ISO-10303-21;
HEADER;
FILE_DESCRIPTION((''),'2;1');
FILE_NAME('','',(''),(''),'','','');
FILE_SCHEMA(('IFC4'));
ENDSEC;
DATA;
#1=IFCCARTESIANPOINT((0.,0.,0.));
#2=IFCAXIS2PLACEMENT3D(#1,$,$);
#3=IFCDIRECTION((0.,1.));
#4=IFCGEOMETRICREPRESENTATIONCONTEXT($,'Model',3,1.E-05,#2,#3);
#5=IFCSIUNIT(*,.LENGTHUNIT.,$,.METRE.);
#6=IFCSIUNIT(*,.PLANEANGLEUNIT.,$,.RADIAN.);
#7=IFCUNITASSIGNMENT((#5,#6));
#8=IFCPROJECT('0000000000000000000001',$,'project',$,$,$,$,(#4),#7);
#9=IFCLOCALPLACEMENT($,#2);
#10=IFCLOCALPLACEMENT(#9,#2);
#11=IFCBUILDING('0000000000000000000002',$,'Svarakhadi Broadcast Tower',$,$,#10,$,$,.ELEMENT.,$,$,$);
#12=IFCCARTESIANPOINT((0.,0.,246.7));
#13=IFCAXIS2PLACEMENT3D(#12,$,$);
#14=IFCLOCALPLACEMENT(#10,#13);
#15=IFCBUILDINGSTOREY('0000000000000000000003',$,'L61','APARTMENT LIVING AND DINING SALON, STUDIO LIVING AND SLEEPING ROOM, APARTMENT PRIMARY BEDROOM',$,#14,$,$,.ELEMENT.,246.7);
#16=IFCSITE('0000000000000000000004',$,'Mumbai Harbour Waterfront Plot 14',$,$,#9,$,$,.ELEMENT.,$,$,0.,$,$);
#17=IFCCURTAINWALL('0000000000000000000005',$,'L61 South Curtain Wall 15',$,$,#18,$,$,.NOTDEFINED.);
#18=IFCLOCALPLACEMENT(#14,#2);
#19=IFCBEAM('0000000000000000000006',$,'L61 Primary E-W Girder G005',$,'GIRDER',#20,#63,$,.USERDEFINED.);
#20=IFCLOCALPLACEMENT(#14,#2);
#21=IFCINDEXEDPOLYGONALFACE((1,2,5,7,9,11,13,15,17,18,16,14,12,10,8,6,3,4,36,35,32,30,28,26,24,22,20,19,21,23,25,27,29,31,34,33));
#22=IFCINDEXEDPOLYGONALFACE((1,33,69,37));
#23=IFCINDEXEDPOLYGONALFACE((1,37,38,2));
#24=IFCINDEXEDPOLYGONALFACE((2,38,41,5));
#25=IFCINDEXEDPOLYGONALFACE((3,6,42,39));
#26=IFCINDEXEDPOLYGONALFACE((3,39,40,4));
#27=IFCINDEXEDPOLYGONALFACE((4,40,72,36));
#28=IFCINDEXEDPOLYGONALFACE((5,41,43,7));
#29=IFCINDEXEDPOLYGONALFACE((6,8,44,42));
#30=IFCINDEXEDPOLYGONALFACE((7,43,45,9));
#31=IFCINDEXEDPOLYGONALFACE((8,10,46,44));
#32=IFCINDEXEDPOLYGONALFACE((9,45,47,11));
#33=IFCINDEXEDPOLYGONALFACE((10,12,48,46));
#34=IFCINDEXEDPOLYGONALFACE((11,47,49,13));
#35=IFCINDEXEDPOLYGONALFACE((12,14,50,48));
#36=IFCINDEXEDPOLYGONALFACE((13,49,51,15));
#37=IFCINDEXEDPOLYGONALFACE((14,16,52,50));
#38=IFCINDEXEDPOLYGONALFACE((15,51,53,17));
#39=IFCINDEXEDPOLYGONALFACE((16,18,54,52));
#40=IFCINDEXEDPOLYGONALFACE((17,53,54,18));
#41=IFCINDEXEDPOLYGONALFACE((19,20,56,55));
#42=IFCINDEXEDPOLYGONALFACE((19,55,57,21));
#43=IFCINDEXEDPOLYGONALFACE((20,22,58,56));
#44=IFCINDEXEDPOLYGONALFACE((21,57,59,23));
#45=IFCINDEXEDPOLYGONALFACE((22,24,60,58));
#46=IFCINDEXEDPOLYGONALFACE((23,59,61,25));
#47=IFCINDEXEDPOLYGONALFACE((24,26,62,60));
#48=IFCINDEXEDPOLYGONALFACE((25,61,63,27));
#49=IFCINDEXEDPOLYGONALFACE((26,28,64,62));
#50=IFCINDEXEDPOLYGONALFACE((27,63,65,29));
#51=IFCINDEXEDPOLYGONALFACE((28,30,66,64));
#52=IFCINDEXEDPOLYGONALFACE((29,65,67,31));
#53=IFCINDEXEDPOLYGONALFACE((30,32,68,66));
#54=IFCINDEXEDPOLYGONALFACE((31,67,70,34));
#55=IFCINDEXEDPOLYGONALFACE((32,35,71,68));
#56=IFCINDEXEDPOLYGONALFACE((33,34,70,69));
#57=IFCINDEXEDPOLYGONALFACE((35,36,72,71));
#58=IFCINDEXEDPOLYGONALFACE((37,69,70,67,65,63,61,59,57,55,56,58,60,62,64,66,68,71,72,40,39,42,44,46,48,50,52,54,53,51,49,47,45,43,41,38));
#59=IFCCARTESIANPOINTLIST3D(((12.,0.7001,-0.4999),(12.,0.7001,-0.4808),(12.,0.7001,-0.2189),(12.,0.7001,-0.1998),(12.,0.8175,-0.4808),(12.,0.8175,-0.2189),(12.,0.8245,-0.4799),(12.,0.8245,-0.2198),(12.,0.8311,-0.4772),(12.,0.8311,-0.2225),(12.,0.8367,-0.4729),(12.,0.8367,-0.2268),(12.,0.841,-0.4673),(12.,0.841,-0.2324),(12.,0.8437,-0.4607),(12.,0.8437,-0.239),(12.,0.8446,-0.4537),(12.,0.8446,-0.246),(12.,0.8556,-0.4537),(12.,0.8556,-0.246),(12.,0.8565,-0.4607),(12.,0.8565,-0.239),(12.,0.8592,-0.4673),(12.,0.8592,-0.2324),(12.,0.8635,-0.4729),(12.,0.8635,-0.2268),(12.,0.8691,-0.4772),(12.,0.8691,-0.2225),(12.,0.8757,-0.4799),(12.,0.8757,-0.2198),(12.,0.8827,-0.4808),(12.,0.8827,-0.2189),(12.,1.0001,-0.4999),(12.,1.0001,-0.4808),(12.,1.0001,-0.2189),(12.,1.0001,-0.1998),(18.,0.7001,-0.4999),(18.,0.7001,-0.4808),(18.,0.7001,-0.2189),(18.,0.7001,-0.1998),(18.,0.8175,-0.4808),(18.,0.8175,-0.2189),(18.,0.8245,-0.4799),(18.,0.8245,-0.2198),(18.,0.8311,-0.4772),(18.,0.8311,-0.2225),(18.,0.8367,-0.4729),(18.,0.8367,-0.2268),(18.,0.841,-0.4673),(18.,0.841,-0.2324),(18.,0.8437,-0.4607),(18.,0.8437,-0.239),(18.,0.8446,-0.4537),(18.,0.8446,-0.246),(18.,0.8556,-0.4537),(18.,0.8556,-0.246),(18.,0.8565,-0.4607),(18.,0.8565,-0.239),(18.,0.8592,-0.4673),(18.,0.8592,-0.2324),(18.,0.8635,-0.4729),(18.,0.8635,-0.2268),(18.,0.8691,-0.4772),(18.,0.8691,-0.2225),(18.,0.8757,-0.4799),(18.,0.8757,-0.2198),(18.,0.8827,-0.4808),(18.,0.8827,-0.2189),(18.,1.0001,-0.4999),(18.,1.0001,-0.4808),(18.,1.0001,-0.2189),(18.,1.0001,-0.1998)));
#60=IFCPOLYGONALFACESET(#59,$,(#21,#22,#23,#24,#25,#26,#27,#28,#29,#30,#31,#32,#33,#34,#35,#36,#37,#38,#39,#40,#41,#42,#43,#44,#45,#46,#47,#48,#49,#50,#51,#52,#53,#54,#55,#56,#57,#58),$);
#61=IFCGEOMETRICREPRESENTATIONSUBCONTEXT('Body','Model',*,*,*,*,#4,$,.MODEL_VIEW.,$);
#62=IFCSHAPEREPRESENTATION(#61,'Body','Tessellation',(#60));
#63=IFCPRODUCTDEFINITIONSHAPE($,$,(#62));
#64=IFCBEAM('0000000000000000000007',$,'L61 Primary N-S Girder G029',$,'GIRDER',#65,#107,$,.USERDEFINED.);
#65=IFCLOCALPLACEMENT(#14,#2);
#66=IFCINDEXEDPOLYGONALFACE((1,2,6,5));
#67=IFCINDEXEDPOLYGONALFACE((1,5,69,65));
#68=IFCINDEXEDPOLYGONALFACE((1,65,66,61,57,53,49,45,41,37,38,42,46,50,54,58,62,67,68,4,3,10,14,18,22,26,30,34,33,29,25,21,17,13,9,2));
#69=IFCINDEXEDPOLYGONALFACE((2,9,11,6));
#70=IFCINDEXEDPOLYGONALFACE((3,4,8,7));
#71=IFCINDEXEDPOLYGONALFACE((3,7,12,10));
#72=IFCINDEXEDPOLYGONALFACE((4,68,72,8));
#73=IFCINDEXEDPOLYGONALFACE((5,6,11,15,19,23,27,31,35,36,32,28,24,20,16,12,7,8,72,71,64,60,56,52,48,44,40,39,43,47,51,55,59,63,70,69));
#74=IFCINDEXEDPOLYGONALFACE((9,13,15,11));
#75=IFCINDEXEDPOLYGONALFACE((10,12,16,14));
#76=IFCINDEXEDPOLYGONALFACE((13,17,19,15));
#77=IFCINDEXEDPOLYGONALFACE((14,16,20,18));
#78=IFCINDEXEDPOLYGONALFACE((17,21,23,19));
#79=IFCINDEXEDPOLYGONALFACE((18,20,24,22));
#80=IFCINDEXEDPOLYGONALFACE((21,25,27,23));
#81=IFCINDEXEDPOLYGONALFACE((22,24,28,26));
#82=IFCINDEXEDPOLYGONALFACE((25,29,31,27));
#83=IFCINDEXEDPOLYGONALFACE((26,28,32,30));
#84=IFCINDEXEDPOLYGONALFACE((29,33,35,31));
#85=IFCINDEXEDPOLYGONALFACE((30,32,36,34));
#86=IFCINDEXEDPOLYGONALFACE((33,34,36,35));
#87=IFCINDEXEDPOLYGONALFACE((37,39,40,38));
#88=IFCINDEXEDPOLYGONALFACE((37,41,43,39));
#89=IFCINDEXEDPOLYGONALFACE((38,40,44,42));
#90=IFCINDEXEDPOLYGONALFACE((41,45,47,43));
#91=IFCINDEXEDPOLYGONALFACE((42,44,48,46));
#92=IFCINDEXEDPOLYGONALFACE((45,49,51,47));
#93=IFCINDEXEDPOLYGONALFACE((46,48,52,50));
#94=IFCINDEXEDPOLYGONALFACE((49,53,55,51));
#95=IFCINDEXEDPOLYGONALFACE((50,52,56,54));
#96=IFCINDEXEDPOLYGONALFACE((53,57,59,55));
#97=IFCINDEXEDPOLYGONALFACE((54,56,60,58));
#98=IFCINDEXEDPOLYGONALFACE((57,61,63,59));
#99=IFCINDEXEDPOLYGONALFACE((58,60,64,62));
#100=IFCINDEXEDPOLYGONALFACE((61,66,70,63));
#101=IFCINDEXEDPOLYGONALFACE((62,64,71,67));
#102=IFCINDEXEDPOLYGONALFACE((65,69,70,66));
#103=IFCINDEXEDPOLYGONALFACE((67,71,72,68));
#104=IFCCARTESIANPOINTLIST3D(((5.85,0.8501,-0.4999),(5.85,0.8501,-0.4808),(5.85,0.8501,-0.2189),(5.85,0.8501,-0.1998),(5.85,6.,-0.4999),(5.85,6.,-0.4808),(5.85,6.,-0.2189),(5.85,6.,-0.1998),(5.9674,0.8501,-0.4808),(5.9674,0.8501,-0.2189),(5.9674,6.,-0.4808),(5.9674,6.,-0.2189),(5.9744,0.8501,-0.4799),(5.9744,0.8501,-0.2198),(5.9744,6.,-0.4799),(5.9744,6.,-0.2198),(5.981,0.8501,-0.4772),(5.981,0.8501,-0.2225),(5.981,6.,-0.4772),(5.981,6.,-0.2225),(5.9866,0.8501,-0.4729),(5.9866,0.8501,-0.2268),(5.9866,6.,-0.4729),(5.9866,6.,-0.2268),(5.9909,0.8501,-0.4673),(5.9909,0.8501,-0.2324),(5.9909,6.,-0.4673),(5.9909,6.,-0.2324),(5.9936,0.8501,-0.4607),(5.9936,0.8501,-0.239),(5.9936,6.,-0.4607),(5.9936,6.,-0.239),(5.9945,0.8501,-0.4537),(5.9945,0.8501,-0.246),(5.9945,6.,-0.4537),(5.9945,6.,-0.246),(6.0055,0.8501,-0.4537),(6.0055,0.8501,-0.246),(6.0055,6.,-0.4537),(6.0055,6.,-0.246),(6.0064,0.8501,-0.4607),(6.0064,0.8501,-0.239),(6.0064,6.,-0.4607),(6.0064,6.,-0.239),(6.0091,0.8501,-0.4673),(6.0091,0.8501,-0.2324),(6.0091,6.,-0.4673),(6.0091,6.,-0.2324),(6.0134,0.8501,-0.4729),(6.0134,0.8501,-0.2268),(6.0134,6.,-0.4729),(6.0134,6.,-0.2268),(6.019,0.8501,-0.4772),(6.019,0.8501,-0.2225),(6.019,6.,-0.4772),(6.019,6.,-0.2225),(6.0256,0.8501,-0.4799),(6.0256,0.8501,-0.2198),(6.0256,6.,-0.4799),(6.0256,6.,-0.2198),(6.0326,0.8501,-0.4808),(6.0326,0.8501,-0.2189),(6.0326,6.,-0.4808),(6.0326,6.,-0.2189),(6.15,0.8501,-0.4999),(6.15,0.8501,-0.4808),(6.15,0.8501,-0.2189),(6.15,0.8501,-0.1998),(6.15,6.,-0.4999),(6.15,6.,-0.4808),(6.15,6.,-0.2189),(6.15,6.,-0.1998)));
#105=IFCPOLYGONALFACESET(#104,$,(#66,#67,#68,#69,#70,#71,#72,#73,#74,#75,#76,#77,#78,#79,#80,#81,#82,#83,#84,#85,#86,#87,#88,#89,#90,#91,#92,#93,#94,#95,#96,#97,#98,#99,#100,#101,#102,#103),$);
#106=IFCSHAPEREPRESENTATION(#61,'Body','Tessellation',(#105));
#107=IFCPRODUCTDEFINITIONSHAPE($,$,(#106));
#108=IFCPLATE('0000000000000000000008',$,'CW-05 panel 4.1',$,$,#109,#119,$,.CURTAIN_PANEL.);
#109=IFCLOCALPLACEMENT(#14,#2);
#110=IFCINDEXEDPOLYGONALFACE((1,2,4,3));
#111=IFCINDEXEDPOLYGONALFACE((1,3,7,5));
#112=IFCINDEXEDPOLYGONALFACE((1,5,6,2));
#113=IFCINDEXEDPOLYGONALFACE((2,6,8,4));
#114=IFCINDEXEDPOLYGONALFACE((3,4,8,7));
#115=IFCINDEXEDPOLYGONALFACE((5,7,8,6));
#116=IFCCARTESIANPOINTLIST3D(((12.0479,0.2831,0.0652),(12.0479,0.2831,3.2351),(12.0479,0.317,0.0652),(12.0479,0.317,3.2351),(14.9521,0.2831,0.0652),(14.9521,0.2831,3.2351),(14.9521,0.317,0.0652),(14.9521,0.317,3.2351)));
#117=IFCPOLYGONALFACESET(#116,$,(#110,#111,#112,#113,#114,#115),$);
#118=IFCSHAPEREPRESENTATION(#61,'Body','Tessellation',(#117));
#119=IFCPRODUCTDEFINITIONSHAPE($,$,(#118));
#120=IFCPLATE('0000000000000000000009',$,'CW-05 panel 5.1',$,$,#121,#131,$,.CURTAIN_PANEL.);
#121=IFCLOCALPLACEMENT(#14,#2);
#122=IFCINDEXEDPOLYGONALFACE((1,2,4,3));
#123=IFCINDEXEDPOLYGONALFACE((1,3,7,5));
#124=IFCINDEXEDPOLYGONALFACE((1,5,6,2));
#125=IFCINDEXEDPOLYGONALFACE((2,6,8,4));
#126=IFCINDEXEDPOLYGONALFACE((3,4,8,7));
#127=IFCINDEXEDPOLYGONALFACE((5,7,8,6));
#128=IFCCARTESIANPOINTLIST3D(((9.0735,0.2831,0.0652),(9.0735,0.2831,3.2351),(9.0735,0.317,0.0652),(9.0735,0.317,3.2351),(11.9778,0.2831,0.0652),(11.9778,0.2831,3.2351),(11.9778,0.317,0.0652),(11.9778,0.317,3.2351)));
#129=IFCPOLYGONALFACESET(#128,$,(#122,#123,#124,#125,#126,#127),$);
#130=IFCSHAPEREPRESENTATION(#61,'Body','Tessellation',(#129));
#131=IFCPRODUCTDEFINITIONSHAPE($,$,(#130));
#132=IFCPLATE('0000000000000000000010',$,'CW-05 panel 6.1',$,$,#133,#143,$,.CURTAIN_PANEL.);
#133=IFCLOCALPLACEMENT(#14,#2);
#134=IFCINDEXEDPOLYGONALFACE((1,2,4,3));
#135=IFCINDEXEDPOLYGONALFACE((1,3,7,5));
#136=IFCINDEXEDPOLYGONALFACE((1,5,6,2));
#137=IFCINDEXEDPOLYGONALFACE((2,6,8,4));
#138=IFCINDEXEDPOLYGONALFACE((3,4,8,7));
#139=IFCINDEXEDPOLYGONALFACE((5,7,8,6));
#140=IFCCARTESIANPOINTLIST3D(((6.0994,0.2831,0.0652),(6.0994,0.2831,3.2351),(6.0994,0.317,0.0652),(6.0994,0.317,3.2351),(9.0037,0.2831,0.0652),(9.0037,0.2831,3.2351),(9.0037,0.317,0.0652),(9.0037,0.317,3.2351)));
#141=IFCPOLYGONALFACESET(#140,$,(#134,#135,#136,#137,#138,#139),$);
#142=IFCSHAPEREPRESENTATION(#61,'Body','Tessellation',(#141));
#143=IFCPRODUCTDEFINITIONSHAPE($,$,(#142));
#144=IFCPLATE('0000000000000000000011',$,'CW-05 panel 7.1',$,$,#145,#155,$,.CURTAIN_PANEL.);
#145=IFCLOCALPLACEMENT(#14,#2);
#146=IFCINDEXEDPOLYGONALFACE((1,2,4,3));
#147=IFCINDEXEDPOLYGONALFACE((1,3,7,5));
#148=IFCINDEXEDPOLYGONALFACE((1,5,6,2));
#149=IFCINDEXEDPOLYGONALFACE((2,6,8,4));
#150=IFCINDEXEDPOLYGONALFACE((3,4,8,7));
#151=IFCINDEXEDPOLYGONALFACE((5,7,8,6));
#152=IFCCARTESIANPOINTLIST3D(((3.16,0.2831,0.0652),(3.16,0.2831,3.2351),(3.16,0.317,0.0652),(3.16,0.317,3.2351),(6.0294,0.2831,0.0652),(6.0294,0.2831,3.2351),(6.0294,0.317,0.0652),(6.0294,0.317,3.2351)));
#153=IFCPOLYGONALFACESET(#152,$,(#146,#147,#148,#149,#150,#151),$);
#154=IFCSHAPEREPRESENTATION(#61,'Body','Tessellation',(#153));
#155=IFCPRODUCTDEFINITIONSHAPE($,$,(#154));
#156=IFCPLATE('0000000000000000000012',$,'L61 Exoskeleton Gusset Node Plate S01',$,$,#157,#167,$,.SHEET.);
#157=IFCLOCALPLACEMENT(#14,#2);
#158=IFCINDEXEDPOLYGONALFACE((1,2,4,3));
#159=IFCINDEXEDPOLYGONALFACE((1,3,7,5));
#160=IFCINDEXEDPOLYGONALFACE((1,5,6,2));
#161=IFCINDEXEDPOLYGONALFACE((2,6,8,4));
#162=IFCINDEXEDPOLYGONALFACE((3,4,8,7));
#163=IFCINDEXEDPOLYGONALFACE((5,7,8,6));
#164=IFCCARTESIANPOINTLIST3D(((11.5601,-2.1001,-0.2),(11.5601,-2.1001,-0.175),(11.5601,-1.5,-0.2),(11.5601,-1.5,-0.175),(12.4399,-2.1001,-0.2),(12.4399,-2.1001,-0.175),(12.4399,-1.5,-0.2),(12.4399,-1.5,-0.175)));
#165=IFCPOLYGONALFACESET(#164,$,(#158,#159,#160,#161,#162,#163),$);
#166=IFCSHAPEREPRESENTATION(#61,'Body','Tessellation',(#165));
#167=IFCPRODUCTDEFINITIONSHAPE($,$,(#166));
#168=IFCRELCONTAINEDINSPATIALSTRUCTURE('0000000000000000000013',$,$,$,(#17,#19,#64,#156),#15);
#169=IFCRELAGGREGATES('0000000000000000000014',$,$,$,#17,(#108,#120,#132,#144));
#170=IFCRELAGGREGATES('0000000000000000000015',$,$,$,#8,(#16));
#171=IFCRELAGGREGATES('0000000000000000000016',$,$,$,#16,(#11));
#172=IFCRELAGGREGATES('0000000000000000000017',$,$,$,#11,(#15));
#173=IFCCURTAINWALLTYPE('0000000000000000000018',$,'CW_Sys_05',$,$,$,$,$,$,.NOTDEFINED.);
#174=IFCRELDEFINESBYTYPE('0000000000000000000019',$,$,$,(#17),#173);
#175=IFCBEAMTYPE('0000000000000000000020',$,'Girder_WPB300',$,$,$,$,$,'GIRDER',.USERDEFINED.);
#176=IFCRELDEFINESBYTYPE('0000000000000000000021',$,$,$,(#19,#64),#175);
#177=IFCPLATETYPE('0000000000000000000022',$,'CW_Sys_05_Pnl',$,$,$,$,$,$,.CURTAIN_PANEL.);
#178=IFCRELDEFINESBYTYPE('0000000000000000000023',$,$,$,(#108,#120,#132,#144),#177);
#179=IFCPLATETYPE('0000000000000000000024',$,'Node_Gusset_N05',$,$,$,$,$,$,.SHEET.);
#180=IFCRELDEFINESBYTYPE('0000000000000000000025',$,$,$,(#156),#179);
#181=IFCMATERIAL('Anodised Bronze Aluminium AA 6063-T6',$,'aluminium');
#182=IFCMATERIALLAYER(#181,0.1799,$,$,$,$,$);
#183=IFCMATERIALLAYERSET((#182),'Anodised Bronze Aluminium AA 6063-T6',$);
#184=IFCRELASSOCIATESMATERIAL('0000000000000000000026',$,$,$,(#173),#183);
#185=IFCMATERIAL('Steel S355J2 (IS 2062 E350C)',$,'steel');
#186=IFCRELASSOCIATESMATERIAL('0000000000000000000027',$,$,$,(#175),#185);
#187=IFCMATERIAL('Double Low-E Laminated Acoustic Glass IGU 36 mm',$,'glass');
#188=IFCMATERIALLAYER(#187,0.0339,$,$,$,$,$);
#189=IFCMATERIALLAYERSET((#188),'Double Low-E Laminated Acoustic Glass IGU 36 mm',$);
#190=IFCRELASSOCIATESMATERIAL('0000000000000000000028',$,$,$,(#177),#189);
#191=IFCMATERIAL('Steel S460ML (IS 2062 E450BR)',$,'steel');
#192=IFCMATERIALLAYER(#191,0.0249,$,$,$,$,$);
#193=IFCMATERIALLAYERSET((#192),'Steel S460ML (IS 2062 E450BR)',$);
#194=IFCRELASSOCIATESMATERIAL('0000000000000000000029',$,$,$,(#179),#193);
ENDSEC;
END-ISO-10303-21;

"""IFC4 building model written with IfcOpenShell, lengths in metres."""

from ifc_helpers import new_model, si_unit, direction, frame, origin, origin_2d, place, context, subcontext, project, spatial, rectangle, i_section, extrude, material, layer, layer_set, material_profile, profile_set, type_object, element, aggregate, save


model = new_model("IFC4")

# Units and contexts
model_context = context("Model", 3, precision=1e-05, world=origin(), true_north=direction((0.0, 1.0)))
body_context = subcontext(model_context, "Body", "Model", "MODEL_VIEW")
ifc_project = project(units=[si_unit("LENGTHUNIT", "METRE"), si_unit("PLANEANGLEUNIT", "RADIAN")], contexts=[model_context])

# Site, building, storey
site_placement = place(None, origin())
site = spatial("IfcSite", under=ifc_project, at=site_placement, Name="Mumbai Harbour Waterfront Plot 14", CompositionType="ELEMENT", RefElevation=0.0)
building_placement = place(site_placement, origin())
building = spatial("IfcBuilding", under=site, at=building_placement, Name="Svarakhadi Broadcast Tower", CompositionType="ELEMENT")
storey_placement = place(building_placement, frame((0.0, 0.0, 246.7)))
storey = spatial("IfcBuildingStorey", under=building, at=storey_placement, Name="L61", Description="APARTMENT LIVING AND DINING SALON, STUDIO LIVING AND SLEEPING ROOM, APARTMENT PRIMARY BEDROOM", CompositionType="ELEMENT", Elevation=246.7)

# Shared definitions
ifc_material_1 = material(Name="Steel S460ML (IS 2062 E450BR)", Category="steel")

# Curtain wall
ifc_material_2 = material(Name="Anodised Bronze Aluminium AA 6063-T6", Category="aluminium")
ifc_layer_1 = layer(ifc_material_2, 0.1799)
ifc_layer_set_1 = layer_set([ifc_layer_1], Name="Anodised Bronze Aluminium AA 6063-T6")
curtain_wall_type = type_object("IfcCurtainWallType", Name="CW_Sys_05", PredefinedType="NOTDEFINED", material=ifc_layer_set_1)
curtain_wall_placement = place(storey_placement, origin())
curtain_wall = element("IfcCurtainWall", 1, at=curtain_wall_placement, inside=storey, type_object=curtain_wall_type, Name="L61 South Curtain Wall 15", PredefinedType="NOTDEFINED")

# Beams
ifc_material_3 = material(Name="Steel S355J2 (IS 2062 E350C)", Category="steel")
ifc_material_profile_1 = material_profile(ifc_material_3, i_section(OverallWidth=0.3, OverallDepth=0.3, WebThickness=0.011, FlangeThickness=0.019, FilletRadius=0.0271, at=origin_2d()), Name="WPB 300x300x117")
ifc_profile_set_1 = profile_set([ifc_material_profile_1], Name="Steel S355J2 (IS 2062 E350C)")
beam_type = type_object("IfcBeamType", Name="Girder_WPB300", ElementType="GIRDER", PredefinedType="USERDEFINED", material=ifc_profile_set_1)
for number, where, z_axis, x_axis, name in (
    (2, (12.0, 0.8501, -0.3499), (1.0, 0.0, 0.0), (0.0, 1.0, 0.0), "L61 Primary E-W Girder G005"),
):
    element("IfcBeam", number, at=place(storey_placement, frame(where, z_axis=z_axis, x_axis=x_axis)), inside=storey, type_object=beam_type, Name=name, ObjectType="GIRDER", PredefinedType="USERDEFINED", context=body_context, shape_type="SweptSolid", body=[
        extrude(i_section(OverallWidth=0.3, OverallDepth=0.3, WebThickness=0.011, FlangeThickness=0.019, FilletRadius=0.0271, at=origin_2d()), origin(), (0.0, 0.0, 1.0), 6.0),
    ])
beam_placement = place(storey_placement, frame((6.0, 0.8501, -0.3499), z_axis=(0.0, 1.0, 0.0), x_axis=(-1.0, 0.0, 0.0)))
element("IfcBeam", 3, at=beam_placement, inside=storey, type_object=beam_type, Name="L61 Primary N-S Girder G029", ObjectType="GIRDER", PredefinedType="USERDEFINED", context=body_context, shape_type="SweptSolid", body=[
    extrude(i_section(OverallWidth=0.3, OverallDepth=0.3, WebThickness=0.011, FlangeThickness=0.019, FilletRadius=0.0271, at=origin_2d()), origin(), (0.0, 0.0, 1.0), 5.1499),
])

# Plates
ifc_material_4 = material(Name="Double Low-E Laminated Acoustic Glass IGU 36 mm", Category="glass")
ifc_layer_2 = layer(ifc_material_4, 0.0339)
ifc_layer_set_2 = layer_set([ifc_layer_2], Name="Double Low-E Laminated Acoustic Glass IGU 36 mm")
plate_type_1 = type_object("IfcPlateType", Name="CW_Sys_05_Pnl", PredefinedType="CURTAIN_PANEL", material=ifc_layer_set_2)
plate_1_placement = place(storey_placement, frame((13.5, 0.3, 0.0652), z_axis=(0.0, 0.0, 1.0), x_axis=(-1.0, 0.0, 0.0)))
plate_1 = element("IfcPlate", 4, at=plate_1_placement, type_object=plate_type_1, Name="CW-05 panel 4.1", PredefinedType="CURTAIN_PANEL", context=body_context, shape_type="SweptSolid", body=[
    extrude(rectangle(XDim=2.9043, YDim=0.0339, at=origin_2d()), origin(), (0.0, 0.0, 1.0), 3.1699),
])
plate_2_placement = place(storey_placement, frame((10.5256, 0.3, 0.0652), z_axis=(0.0, 0.0, 1.0), x_axis=(-1.0, 0.0, 0.0)))
plate_2 = element("IfcPlate", 5, at=plate_2_placement, type_object=plate_type_1, Name="CW-05 panel 5.1", PredefinedType="CURTAIN_PANEL", context=body_context, shape_type="SweptSolid", body=[
    extrude(rectangle(XDim=2.9043, YDim=0.0339, at=origin_2d()), origin(), (0.0, 0.0, 1.0), 3.1699),
])
plate_3_placement = place(storey_placement, frame((7.5515, 0.3, 0.0652), z_axis=(0.0, 0.0, 1.0), x_axis=(-1.0, 0.0, 0.0)))
plate_3 = element("IfcPlate", 6, at=plate_3_placement, type_object=plate_type_1, Name="CW-05 panel 6.1", PredefinedType="CURTAIN_PANEL", context=body_context, shape_type="SweptSolid", body=[
    extrude(rectangle(XDim=2.9043, YDim=0.0339, at=origin_2d()), origin(), (0.0, 0.0, 1.0), 3.1699),
])
plate_4_placement = place(storey_placement, frame((4.5947, 0.3, 0.0652), z_axis=(0.0, 0.0, 1.0), x_axis=(-1.0, 0.0, 0.0)))
plate_4 = element("IfcPlate", 7, at=plate_4_placement, type_object=plate_type_1, Name="CW-05 panel 7.1", PredefinedType="CURTAIN_PANEL", context=body_context, shape_type="SweptSolid", body=[
    extrude(rectangle(XDim=2.8694, YDim=0.0339, at=origin_2d()), origin(), (0.0, 0.0, 1.0), 3.1699),
])
aggregate(curtain_wall, [plate_1, plate_2, plate_3, plate_4])
ifc_layer_3 = layer(ifc_material_1, 0.0249)
ifc_layer_set_3 = layer_set([ifc_layer_3], Name="Steel S460ML (IS 2062 E450BR)")
plate_type_2 = type_object("IfcPlateType", Name="Node_Gusset_N05", PredefinedType="SHEET", material=ifc_layer_set_3)
plate_5_placement = place(storey_placement, frame((12.0, -1.8, -0.2), z_axis=(0.0, 0.0, 1.0), x_axis=(1.0, 0.0, 0.0)))
element("IfcPlate", 8, at=plate_5_placement, inside=storey, type_object=plate_type_2, Name="L61 Exoskeleton Gusset Node Plate S01", PredefinedType="SHEET", context=body_context, shape_type="SweptSolid", body=[
    extrude(rectangle(XDim=0.8799, YDim=0.6001, at=origin_2d()), origin(), (0.0, 0.0, 1.0), 0.0249),
])

save(model, "model.ifc")
